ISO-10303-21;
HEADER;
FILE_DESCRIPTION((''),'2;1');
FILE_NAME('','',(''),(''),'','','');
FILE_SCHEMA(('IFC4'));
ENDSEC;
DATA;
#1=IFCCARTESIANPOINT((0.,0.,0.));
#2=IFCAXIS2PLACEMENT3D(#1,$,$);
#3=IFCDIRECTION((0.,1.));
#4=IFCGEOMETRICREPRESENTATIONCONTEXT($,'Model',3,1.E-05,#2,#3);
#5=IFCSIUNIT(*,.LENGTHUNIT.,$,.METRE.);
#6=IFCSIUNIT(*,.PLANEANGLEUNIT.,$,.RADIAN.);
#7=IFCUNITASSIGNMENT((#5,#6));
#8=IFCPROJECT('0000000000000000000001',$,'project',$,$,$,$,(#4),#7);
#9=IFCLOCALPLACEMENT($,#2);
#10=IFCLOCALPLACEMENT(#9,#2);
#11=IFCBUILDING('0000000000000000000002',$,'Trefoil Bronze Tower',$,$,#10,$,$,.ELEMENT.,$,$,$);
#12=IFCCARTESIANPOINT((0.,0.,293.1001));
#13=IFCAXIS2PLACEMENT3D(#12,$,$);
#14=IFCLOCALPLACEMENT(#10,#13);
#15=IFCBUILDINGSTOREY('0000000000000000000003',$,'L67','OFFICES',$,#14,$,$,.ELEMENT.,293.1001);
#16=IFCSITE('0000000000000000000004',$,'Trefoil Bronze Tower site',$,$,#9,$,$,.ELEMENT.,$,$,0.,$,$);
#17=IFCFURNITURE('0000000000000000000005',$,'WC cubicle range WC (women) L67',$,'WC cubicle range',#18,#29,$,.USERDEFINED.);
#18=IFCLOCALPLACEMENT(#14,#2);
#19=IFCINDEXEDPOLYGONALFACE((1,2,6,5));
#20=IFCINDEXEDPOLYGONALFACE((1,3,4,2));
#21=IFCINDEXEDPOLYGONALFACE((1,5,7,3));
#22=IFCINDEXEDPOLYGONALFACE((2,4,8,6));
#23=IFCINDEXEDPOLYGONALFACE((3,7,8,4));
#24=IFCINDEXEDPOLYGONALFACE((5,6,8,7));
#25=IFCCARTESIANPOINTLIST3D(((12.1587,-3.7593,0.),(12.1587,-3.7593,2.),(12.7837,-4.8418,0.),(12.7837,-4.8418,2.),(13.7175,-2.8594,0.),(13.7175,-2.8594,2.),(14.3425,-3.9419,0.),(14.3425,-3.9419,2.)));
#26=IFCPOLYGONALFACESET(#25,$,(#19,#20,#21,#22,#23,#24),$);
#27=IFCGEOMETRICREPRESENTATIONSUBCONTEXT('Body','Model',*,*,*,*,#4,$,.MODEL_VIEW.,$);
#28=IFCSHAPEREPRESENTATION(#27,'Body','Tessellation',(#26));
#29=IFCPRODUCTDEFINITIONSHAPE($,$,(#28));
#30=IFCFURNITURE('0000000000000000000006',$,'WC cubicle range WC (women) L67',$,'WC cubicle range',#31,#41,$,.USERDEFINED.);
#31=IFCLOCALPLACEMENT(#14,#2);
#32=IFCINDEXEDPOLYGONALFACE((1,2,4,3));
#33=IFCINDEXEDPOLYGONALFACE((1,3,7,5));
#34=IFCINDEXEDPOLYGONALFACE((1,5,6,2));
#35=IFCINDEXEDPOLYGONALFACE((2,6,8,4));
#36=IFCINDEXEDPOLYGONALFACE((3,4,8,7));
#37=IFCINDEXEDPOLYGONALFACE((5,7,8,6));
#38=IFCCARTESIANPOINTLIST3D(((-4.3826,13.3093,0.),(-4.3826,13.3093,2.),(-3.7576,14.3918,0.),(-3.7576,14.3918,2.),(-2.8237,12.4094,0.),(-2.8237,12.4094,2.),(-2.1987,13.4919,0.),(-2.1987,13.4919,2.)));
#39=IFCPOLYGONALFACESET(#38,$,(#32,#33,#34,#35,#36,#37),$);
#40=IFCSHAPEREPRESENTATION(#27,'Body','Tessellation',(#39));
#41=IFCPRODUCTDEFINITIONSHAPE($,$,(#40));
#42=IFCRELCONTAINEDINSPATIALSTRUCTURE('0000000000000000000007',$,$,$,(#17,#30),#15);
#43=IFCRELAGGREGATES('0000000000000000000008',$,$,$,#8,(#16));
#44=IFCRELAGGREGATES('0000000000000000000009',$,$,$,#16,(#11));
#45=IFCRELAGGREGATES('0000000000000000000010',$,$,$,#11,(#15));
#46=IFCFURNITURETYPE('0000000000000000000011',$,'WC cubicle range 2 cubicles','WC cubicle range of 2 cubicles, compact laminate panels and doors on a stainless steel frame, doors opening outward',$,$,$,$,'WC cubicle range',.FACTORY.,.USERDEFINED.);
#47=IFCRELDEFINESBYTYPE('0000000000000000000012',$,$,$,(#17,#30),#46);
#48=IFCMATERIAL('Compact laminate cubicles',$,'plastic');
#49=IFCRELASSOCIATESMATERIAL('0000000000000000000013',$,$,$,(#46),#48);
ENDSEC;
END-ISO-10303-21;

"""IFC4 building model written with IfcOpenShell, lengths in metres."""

from ifc_helpers import new_model, si_unit, direction, frame, origin, place, context, subcontext, project, spatial, polyline, outline, extrude, material, type_object, element, save


model = new_model("IFC4")

# Units and contexts
model_context = context("Model", 3, precision=1e-05, world=origin(), true_north=direction((0.0, 1.0)))
body_context = subcontext(model_context, "Body", "Model", "MODEL_VIEW")
ifc_project = project(units=[si_unit("LENGTHUNIT", "METRE"), si_unit("PLANEANGLEUNIT", "RADIAN")], contexts=[model_context])

# Site, building, storey
site_placement = place(None, origin())
site = spatial("IfcSite", under=ifc_project, at=site_placement, Name="Trefoil Bronze Tower site", CompositionType="ELEMENT", RefElevation=0.0)
building_placement = place(site_placement, origin())
building = spatial("IfcBuilding", under=site, at=building_placement, Name="Trefoil Bronze Tower", CompositionType="ELEMENT")
storey_placement = place(building_placement, frame((0.0, 0.0, 293.1001)))
storey = spatial("IfcBuildingStorey", under=building, at=storey_placement, Name="L67", Description="OFFICES", CompositionType="ELEMENT", Elevation=293.1001)

# Furniture
ifc_material_1 = material(Name="Compact laminate cubicles", Category="plastic")
furniture_type_1 = type_object("IfcFurnitureType", Name="WC cubicle range 2 cubicles", Description="WC cubicle range of 2 cubicles, compact laminate panels and doors on a stainless steel frame, doors opening outward", ElementType="WC cubicle range", AssemblyPlace="FACTORY", PredefinedType="USERDEFINED", material=ifc_material_1)
furniture_1_placement = place(storey_placement, origin())
element("IfcFurniture", 1, at=furniture_1_placement, inside=storey, type_object=furniture_type_1, Name="WC cubicle range WC (women) L67", ObjectType="WC cubicle range", PredefinedType="USERDEFINED", context=body_context, shape_type="SweptSolid", body=[
    extrude(outline(polyline([(12.1587, -3.7593), (12.7837, -4.8418), (14.3425, -3.9419), (13.7175, -2.8594), (12.1587, -3.7593)])), origin(), (0.0, 0.0, 1.0), 2.0),
])
furniture_2_placement = place(storey_placement, origin())
element("IfcFurniture", 2, at=furniture_2_placement, inside=storey, type_object=furniture_type_1, Name="WC cubicle range WC (women) L67", ObjectType="WC cubicle range", PredefinedType="USERDEFINED", context=body_context, shape_type="SweptSolid", body=[
    extrude(outline(polyline([(-2.8237, 12.4094), (-2.1987, 13.4919), (-3.7576, 14.3918), (-4.3826, 13.3093), (-2.8237, 12.4094)])), origin(), (0.0, 0.0, 1.0), 2.0),
])

save(model, "model.ifc")
